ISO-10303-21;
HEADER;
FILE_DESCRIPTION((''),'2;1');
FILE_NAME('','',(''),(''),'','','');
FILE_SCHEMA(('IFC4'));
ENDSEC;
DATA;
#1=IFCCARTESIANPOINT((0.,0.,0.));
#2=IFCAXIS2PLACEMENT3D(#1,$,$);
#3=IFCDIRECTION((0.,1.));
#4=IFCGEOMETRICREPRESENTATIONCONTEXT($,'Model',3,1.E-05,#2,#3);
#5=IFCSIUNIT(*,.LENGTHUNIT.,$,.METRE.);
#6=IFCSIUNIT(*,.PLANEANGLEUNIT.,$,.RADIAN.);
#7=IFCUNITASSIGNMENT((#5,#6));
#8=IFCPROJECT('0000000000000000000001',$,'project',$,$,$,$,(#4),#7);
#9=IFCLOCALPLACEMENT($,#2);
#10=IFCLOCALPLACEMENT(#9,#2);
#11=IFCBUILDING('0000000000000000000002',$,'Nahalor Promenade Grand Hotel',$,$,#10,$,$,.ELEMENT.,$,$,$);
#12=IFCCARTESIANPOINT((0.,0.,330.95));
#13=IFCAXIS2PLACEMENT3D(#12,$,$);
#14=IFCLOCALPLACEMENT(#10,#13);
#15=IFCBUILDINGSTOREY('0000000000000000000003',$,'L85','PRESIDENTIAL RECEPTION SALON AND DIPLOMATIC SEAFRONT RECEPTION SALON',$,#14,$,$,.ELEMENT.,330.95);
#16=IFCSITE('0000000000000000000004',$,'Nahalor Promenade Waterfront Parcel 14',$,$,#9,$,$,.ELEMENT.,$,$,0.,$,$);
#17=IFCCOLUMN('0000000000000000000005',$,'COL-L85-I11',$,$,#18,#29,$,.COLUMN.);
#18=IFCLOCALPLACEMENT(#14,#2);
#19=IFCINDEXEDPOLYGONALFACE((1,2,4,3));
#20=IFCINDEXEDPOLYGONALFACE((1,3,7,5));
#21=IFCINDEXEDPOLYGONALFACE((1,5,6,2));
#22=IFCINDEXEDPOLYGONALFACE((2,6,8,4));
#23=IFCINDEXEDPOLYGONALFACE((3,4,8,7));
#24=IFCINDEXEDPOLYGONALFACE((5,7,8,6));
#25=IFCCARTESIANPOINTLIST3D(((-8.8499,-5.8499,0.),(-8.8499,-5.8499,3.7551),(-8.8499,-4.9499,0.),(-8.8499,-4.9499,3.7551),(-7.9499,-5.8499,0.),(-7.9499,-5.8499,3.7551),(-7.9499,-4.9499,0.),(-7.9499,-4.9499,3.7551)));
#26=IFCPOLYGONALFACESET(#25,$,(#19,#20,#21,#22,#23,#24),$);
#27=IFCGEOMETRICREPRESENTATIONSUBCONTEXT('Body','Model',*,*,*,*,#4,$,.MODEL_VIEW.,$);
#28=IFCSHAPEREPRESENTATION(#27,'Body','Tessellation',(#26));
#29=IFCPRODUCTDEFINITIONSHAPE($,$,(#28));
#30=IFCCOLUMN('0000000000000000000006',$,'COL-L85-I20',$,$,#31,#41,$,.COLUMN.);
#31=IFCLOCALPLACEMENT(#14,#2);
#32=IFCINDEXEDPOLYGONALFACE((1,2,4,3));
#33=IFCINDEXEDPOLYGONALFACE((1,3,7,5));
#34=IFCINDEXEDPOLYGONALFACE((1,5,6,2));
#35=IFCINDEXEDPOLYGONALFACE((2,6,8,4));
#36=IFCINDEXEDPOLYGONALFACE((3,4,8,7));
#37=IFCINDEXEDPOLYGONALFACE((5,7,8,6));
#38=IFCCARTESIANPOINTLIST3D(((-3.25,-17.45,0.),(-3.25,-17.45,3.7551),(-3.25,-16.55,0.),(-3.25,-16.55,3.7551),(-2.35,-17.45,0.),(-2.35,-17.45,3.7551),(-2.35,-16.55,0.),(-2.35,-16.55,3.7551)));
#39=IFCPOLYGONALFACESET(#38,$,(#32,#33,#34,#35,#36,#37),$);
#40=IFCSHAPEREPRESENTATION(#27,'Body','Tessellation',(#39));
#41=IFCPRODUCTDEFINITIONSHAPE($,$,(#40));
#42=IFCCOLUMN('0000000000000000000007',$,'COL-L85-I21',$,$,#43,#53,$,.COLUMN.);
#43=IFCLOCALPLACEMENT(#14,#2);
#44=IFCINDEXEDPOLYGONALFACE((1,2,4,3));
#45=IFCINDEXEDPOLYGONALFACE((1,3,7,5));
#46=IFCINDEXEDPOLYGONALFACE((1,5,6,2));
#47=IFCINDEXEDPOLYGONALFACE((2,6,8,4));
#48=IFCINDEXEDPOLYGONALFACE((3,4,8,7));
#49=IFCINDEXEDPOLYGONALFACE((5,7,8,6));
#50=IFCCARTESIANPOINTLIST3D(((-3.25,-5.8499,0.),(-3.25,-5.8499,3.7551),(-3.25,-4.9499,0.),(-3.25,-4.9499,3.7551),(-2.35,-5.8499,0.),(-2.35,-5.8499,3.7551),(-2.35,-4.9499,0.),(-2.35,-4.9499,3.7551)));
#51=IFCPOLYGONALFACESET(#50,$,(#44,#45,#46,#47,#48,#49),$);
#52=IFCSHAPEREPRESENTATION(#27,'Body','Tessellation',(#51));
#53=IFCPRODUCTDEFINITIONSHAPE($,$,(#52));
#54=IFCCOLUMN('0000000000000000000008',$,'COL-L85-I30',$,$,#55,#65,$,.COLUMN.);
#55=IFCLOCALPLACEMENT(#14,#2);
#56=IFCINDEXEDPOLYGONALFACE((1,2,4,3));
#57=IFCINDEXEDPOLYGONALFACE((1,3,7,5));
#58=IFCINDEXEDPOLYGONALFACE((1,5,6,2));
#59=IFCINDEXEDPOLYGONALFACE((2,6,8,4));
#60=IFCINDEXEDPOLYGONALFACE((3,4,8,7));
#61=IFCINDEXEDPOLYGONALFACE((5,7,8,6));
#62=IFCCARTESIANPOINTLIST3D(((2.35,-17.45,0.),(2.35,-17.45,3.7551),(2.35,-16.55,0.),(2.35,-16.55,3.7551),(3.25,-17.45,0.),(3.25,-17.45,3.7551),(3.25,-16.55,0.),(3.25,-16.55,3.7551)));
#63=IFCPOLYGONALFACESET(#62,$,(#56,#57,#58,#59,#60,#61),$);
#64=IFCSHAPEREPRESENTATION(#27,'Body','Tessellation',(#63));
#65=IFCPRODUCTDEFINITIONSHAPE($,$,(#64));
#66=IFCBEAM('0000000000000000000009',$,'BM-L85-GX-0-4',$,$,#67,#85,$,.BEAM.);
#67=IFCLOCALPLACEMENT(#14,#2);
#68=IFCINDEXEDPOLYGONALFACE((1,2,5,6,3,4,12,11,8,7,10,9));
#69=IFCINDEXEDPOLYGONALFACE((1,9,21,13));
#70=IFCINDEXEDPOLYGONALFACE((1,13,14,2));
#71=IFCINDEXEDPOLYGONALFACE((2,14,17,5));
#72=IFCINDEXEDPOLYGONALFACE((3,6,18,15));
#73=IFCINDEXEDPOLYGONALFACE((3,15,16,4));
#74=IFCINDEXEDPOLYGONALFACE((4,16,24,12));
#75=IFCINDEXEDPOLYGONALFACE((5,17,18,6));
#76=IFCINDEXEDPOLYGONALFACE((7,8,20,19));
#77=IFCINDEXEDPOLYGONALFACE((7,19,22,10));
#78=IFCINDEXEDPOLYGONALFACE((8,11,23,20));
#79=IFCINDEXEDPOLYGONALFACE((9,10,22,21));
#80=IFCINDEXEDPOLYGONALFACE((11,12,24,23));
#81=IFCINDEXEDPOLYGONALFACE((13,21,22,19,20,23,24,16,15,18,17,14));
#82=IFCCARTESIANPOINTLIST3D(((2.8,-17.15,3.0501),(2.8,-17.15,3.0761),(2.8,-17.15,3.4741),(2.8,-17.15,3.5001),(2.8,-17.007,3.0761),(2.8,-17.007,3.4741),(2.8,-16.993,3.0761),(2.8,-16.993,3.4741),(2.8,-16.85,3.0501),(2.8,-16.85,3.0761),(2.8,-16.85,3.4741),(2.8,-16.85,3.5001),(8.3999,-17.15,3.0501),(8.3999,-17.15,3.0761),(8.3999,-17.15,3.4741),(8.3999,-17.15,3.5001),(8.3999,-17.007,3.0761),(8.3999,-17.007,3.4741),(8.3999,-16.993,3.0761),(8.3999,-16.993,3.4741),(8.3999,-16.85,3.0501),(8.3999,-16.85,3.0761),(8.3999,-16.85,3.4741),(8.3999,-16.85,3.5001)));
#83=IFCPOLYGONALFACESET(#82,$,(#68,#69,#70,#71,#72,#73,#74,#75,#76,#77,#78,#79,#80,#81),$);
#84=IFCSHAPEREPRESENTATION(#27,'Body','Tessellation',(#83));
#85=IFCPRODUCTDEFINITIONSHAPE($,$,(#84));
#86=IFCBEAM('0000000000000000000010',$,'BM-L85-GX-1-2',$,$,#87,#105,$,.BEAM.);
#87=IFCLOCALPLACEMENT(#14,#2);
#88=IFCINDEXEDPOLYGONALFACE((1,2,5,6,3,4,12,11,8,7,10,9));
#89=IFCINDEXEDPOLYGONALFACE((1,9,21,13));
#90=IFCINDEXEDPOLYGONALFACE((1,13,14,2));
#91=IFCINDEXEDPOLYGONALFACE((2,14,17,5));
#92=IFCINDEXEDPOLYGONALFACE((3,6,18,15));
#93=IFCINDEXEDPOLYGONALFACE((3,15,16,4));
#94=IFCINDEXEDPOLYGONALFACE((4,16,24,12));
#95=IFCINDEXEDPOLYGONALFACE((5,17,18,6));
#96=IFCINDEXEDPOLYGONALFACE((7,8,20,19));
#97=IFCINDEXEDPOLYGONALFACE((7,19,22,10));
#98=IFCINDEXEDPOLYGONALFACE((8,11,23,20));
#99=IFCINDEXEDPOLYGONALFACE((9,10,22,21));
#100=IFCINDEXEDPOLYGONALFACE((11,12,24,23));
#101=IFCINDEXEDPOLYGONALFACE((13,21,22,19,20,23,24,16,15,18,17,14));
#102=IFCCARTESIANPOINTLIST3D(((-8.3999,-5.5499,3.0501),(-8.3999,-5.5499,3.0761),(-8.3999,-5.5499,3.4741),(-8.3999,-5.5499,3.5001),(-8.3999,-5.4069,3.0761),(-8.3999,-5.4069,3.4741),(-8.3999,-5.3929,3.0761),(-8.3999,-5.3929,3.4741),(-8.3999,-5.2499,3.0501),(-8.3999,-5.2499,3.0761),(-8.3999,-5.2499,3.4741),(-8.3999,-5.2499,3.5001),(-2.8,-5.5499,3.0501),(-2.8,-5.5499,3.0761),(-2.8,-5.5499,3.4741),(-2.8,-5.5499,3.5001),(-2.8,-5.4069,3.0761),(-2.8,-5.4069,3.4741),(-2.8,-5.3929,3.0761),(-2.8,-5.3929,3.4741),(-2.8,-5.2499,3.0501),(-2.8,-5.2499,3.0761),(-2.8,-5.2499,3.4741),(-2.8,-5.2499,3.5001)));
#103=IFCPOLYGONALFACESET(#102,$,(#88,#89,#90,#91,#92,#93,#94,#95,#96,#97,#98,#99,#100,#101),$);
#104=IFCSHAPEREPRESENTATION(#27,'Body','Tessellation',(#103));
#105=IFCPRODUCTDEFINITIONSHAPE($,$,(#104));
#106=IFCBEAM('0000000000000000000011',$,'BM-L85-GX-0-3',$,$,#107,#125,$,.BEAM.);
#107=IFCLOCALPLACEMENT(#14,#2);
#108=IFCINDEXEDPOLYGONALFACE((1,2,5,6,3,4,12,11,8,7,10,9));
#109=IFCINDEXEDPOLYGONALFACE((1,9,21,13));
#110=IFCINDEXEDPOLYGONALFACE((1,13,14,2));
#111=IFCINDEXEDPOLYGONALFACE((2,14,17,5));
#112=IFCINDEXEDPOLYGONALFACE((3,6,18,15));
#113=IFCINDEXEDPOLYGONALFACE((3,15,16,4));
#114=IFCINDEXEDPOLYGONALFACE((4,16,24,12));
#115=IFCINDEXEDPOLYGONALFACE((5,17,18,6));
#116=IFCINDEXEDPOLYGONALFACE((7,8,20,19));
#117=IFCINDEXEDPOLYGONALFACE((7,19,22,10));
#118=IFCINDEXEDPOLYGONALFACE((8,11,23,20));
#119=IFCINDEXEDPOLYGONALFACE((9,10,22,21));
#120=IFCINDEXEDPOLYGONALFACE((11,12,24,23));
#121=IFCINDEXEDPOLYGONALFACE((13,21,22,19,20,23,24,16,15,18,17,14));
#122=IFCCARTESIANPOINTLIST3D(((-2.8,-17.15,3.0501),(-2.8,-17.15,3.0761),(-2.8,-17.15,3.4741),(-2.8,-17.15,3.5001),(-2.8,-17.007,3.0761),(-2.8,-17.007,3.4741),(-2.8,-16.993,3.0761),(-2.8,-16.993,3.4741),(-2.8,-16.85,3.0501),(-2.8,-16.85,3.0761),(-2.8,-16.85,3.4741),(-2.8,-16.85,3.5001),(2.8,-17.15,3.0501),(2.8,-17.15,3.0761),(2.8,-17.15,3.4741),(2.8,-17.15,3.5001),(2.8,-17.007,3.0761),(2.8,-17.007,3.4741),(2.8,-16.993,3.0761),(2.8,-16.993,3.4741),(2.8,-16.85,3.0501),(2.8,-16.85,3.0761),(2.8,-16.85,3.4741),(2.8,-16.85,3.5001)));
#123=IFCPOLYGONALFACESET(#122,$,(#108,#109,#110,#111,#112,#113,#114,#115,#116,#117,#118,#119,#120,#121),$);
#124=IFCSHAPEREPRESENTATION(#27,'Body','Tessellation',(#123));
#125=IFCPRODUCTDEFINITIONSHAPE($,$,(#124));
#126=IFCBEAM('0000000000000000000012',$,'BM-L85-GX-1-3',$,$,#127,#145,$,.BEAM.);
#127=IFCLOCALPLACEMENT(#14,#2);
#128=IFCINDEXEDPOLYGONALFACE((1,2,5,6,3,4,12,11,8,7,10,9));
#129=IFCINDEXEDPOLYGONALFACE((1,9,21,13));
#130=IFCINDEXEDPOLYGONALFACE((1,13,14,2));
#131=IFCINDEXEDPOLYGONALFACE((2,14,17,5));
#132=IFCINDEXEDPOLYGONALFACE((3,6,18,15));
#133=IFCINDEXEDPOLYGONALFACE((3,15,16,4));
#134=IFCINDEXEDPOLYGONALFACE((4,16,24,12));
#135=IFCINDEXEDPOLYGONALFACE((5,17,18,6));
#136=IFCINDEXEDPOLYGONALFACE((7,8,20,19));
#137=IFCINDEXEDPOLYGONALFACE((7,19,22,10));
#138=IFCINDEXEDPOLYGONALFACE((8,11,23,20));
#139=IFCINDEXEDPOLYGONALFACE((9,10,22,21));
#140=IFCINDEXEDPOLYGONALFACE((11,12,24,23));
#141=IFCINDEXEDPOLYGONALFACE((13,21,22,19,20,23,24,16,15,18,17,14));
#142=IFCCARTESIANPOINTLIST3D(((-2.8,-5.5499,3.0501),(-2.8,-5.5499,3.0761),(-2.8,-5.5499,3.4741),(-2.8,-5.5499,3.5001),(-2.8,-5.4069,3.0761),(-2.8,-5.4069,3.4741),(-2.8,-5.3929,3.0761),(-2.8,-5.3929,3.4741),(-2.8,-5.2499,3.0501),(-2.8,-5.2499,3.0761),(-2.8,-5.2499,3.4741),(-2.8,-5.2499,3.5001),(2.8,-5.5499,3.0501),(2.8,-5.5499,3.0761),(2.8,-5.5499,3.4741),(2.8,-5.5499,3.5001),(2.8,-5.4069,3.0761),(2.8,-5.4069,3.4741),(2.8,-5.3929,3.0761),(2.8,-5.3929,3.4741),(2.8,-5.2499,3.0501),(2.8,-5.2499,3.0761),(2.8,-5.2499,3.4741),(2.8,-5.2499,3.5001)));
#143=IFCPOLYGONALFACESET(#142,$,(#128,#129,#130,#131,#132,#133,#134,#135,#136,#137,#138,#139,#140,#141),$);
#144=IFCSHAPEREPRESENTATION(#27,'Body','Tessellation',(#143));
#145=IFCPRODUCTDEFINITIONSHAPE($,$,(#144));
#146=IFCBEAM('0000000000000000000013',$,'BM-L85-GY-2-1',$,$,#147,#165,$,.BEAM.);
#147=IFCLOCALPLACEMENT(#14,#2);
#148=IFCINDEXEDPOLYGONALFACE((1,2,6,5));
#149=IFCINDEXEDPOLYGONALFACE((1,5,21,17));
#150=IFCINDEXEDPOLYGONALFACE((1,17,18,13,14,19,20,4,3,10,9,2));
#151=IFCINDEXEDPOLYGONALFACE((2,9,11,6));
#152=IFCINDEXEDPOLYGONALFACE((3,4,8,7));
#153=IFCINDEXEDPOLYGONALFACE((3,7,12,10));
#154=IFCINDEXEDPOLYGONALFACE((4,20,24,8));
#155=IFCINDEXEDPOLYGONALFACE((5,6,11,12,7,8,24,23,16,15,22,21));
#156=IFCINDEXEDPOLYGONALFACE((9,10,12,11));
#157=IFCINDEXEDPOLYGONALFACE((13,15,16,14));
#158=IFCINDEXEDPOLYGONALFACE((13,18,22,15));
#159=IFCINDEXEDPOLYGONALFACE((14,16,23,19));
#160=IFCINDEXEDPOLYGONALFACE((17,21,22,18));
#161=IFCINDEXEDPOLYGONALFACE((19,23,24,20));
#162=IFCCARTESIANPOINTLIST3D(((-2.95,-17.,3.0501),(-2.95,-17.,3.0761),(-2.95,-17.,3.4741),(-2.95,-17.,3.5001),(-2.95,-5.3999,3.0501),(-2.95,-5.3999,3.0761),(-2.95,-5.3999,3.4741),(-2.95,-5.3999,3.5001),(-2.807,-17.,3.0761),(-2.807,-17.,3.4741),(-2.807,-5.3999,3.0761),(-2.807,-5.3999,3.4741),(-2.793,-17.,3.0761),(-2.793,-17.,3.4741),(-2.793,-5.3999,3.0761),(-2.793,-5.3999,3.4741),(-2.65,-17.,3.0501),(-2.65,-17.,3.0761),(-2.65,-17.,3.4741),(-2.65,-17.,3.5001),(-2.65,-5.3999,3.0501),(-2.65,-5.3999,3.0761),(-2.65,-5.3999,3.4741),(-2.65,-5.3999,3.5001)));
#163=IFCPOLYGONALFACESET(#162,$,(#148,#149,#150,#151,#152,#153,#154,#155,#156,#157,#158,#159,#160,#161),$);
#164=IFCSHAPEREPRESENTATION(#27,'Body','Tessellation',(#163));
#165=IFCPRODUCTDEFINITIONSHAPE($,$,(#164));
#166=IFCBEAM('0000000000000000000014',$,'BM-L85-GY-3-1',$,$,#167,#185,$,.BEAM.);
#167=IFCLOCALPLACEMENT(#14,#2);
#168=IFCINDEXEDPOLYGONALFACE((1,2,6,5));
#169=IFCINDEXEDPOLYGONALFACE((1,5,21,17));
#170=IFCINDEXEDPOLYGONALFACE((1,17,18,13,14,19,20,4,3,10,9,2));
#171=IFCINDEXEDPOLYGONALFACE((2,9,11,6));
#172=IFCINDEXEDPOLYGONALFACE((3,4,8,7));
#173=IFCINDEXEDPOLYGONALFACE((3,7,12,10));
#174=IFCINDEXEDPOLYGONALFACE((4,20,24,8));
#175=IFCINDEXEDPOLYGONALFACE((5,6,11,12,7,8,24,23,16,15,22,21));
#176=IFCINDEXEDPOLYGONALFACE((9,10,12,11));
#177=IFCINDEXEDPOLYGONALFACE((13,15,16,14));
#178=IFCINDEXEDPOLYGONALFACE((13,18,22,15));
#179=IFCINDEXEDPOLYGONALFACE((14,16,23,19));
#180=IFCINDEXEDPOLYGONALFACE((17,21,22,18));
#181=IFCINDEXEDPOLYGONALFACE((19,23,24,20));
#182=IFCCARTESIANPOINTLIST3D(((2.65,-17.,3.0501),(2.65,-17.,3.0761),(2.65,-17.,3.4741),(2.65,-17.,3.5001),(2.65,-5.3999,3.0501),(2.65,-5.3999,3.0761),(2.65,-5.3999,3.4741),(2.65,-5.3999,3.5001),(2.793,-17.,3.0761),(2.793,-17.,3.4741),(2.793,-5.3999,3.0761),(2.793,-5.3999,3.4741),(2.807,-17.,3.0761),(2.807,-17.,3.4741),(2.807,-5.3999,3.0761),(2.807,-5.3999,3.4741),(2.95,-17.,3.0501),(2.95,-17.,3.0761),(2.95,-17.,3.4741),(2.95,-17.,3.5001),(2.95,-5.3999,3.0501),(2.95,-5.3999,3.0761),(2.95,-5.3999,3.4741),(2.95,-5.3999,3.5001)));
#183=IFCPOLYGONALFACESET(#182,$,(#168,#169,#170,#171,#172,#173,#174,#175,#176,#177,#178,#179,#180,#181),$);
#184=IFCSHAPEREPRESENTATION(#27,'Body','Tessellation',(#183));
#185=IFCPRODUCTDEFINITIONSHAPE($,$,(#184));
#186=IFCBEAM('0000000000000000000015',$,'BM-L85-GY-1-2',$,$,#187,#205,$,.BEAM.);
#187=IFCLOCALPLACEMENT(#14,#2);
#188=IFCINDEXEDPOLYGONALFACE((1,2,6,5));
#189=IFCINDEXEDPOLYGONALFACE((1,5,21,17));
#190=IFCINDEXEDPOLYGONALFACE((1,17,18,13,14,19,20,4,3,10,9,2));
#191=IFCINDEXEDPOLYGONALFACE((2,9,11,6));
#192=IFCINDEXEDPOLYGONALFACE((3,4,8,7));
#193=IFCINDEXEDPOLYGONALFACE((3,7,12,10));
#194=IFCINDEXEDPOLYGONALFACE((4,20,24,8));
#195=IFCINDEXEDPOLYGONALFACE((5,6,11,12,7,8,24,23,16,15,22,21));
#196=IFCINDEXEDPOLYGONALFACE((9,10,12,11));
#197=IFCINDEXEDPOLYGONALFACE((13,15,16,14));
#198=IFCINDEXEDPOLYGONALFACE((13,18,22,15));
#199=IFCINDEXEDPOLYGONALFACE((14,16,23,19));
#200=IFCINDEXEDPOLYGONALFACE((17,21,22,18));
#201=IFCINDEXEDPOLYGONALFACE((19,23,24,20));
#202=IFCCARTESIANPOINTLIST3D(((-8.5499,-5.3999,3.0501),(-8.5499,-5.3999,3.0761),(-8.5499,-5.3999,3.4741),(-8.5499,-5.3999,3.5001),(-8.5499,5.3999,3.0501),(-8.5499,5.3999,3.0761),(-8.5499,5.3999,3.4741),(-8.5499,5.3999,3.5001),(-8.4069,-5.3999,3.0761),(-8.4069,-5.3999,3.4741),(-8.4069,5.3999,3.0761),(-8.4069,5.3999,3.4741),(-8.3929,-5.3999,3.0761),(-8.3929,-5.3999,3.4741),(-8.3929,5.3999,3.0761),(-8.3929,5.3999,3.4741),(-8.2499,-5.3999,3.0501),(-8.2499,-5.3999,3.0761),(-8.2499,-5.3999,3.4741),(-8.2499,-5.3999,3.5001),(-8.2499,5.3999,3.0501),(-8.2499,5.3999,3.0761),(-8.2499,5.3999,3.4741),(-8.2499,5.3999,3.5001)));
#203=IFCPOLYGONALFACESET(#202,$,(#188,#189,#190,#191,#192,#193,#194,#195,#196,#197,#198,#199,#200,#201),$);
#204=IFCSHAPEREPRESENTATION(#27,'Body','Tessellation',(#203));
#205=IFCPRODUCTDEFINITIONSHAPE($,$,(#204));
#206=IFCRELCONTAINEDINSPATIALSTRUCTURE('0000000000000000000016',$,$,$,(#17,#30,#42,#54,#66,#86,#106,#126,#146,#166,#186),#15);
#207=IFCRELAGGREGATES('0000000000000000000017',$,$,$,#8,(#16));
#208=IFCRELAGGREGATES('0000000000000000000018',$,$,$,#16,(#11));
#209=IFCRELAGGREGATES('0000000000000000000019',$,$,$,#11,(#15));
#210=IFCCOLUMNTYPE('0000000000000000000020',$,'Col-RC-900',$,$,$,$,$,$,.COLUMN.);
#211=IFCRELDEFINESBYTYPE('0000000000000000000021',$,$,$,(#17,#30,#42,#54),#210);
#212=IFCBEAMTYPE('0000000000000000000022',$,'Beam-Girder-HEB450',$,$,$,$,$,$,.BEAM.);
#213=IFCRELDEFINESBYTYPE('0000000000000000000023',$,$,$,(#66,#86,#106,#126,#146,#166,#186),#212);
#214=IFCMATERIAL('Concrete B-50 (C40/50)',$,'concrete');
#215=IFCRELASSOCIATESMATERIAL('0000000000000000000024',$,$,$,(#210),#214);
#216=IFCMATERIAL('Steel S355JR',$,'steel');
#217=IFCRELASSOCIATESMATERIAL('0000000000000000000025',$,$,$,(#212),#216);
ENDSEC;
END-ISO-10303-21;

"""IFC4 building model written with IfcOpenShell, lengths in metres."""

from ifc_helpers import new_model, si_unit, direction, frame, origin, origin_2d, place, context, subcontext, project, spatial, rectangle, i_section, extrude, source, transform, mapped, material, material_profile, profile_set, type_object, element, save


model = new_model("IFC4")

# Units and contexts
model_context = context("Model", 3, precision=1e-05, world=origin(), true_north=direction((0.0, 1.0)))
body_context = subcontext(model_context, "Body", "Model", "MODEL_VIEW")
ifc_project = project(units=[si_unit("LENGTHUNIT", "METRE"), si_unit("PLANEANGLEUNIT", "RADIAN")], contexts=[model_context])

# Site, building, storey
site_placement = place(None, origin())
site = spatial("IfcSite", under=ifc_project, at=site_placement, Name="Nahalor Promenade Waterfront Parcel 14", CompositionType="ELEMENT", RefElevation=0.0)
building_placement = place(site_placement, origin())
building = spatial("IfcBuilding", under=site, at=building_placement, Name="Nahalor Promenade Grand Hotel", CompositionType="ELEMENT")
storey_placement = place(building_placement, frame((0.0, 0.0, 330.95)))
storey = spatial("IfcBuildingStorey", under=building, at=storey_placement, Name="L85", Description="PRESIDENTIAL RECEPTION SALON AND DIPLOMATIC SEAFRONT RECEPTION SALON", CompositionType="ELEMENT", Elevation=330.95)

# Columns
ifc_material_1 = material(Name="Concrete B-50 (C40/50)", Category="concrete")
ifc_material_profile_1 = material_profile(ifc_material_1, rectangle(XDim=0.9, YDim=0.9, at=origin_2d()), Name="RC 900x900")
ifc_profile_set_1 = profile_set([ifc_material_profile_1], Name="Concrete B-50 (C40/50)")
column_type = type_object("IfcColumnType", Name="Col-RC-900", PredefinedType="COLUMN", material=ifc_profile_set_1)
shared_shape_1 = source(origin(), body_context, "Body", "SweptSolid", [
    extrude(rectangle(XDim=0.9, YDim=0.9, at=origin_2d()), origin(), (0.0, 0.0, 1.0), 3.7551),
])
for number, where, z_axis, x_axis, name in (
    (1, (-8.3999, -5.3999, 0.0), (0.0, 0.0, 1.0), (1.0, 0.0, 0.0), "COL-L85-I11"),
    (2, (-2.8, -17.0, 0.0), (0.0, 0.0, 1.0), (1.0, 0.0, 0.0), "COL-L85-I20"),
    (3, (-2.8, -5.3999, 0.0), (0.0, 0.0, 1.0), (1.0, 0.0, 0.0), "COL-L85-I21"),
    (4, (2.8, -17.0, 0.0), (0.0, 0.0, 1.0), (1.0, 0.0, 0.0), "COL-L85-I30"),
):
    element("IfcColumn", number, at=place(storey_placement, frame(where, z_axis=z_axis, x_axis=x_axis)), inside=storey, type_object=column_type, Name=name, PredefinedType="COLUMN", context=body_context, shape_type="MappedRepresentation", body=[
        mapped(shared_shape_1, transform((0.0, 0.0, 0.0), scale=1.0)),
    ])

# Beams
ifc_material_2 = material(Name="Steel S355JR", Category="steel")
ifc_material_profile_2 = material_profile(ifc_material_2, i_section(OverallWidth=0.3, OverallDepth=0.45, WebThickness=0.014, FlangeThickness=0.026, at=origin_2d()), Name="HEB 450")
ifc_profile_set_2 = profile_set([ifc_material_profile_2], Name="Steel S355JR")
beam_type = type_object("IfcBeamType", Name="Beam-Girder-HEB450", PredefinedType="BEAM", material=ifc_profile_set_2)
shared_shape_2 = source(origin(), body_context, "Body", "SweptSolid", [
    extrude(i_section(OverallWidth=0.3, OverallDepth=0.45, WebThickness=0.014, FlangeThickness=0.026, at=origin_2d()), origin(), (0.0, 0.0, 1.0), 5.5999),
])
for number, where, z_axis, x_axis, name in (
    (5, (2.8, -17.0, 3.2751), (1.0, 0.0, 0.0), (0.0, 1.0, 0.0), "BM-L85-GX-0-4"),
    (6, (-8.3999, -5.3999, 3.2751), (1.0, 0.0, 0.0), (0.0, 1.0, 0.0), "BM-L85-GX-1-2"),
):
    element("IfcBeam", number, at=place(storey_placement, frame(where, z_axis=z_axis, x_axis=x_axis)), inside=storey, type_object=beam_type, Name=name, PredefinedType="BEAM", context=body_context, shape_type="MappedRepresentation", body=[
        mapped(shared_shape_2, transform((0.0, 0.0, 0.0), scale=1.0)),
    ])
shared_shape_3 = source(origin(), body_context, "Body", "SweptSolid", [
    extrude(i_section(OverallWidth=0.3, OverallDepth=0.45, WebThickness=0.014, FlangeThickness=0.026, at=origin_2d()), origin(), (0.0, 0.0, 1.0), 5.6001),
])
for number, where, z_axis, x_axis, name in (
    (7, (-2.8, -17.0, 3.2751), (1.0, 0.0, 0.0), (0.0, 1.0, 0.0), "BM-L85-GX-0-3"),
    (8, (-2.8, -5.3999, 3.2751), (1.0, 0.0, 0.0), (0.0, 1.0, 0.0), "BM-L85-GX-1-3"),
):
    element("IfcBeam", number, at=place(storey_placement, frame(where, z_axis=z_axis, x_axis=x_axis)), inside=storey, type_object=beam_type, Name=name, PredefinedType="BEAM", context=body_context, shape_type="MappedRepresentation", body=[
        mapped(shared_shape_3, transform((0.0, 0.0, 0.0), scale=1.0)),
    ])
shared_shape_4 = source(origin(), body_context, "Body", "SweptSolid", [
    extrude(i_section(OverallWidth=0.3, OverallDepth=0.45, WebThickness=0.014, FlangeThickness=0.026, at=origin_2d()), origin(), (0.0, 0.0, 1.0), 11.6001),
])
for number, where, z_axis, x_axis, name in (
    (9, (-2.8, -17.0, 3.2751), (0.0, 1.0, 0.0), (-1.0, 0.0, 0.0), "BM-L85-GY-2-1"),
    (10, (2.8, -17.0, 3.2751), (0.0, 1.0, 0.0), (-1.0, 0.0, 0.0), "BM-L85-GY-3-1"),
):
    element("IfcBeam", number, at=place(storey_placement, frame(where, z_axis=z_axis, x_axis=x_axis)), inside=storey, type_object=beam_type, Name=name, PredefinedType="BEAM", context=body_context, shape_type="MappedRepresentation", body=[
        mapped(shared_shape_4, transform((0.0, 0.0, 0.0), scale=1.0)),
    ])
shared_shape_5 = source(origin(), body_context, "Body", "SweptSolid", [
    extrude(i_section(OverallWidth=0.3, OverallDepth=0.45, WebThickness=0.014, FlangeThickness=0.026, at=origin_2d()), origin(), (0.0, 0.0, 1.0), 10.7998),
])
beam_placement = place(storey_placement, frame((-8.3999, -5.3999, 3.2751), z_axis=(0.0, 1.0, 0.0), x_axis=(-1.0, 0.0, 0.0)))
element("IfcBeam", 11, at=beam_placement, inside=storey, type_object=beam_type, Name="BM-L85-GY-1-2", PredefinedType="BEAM", context=body_context, shape_type="MappedRepresentation", body=[
    mapped(shared_shape_5, transform((0.0, 0.0, 0.0), scale=1.0)),
])

save(model, "model.ifc")
